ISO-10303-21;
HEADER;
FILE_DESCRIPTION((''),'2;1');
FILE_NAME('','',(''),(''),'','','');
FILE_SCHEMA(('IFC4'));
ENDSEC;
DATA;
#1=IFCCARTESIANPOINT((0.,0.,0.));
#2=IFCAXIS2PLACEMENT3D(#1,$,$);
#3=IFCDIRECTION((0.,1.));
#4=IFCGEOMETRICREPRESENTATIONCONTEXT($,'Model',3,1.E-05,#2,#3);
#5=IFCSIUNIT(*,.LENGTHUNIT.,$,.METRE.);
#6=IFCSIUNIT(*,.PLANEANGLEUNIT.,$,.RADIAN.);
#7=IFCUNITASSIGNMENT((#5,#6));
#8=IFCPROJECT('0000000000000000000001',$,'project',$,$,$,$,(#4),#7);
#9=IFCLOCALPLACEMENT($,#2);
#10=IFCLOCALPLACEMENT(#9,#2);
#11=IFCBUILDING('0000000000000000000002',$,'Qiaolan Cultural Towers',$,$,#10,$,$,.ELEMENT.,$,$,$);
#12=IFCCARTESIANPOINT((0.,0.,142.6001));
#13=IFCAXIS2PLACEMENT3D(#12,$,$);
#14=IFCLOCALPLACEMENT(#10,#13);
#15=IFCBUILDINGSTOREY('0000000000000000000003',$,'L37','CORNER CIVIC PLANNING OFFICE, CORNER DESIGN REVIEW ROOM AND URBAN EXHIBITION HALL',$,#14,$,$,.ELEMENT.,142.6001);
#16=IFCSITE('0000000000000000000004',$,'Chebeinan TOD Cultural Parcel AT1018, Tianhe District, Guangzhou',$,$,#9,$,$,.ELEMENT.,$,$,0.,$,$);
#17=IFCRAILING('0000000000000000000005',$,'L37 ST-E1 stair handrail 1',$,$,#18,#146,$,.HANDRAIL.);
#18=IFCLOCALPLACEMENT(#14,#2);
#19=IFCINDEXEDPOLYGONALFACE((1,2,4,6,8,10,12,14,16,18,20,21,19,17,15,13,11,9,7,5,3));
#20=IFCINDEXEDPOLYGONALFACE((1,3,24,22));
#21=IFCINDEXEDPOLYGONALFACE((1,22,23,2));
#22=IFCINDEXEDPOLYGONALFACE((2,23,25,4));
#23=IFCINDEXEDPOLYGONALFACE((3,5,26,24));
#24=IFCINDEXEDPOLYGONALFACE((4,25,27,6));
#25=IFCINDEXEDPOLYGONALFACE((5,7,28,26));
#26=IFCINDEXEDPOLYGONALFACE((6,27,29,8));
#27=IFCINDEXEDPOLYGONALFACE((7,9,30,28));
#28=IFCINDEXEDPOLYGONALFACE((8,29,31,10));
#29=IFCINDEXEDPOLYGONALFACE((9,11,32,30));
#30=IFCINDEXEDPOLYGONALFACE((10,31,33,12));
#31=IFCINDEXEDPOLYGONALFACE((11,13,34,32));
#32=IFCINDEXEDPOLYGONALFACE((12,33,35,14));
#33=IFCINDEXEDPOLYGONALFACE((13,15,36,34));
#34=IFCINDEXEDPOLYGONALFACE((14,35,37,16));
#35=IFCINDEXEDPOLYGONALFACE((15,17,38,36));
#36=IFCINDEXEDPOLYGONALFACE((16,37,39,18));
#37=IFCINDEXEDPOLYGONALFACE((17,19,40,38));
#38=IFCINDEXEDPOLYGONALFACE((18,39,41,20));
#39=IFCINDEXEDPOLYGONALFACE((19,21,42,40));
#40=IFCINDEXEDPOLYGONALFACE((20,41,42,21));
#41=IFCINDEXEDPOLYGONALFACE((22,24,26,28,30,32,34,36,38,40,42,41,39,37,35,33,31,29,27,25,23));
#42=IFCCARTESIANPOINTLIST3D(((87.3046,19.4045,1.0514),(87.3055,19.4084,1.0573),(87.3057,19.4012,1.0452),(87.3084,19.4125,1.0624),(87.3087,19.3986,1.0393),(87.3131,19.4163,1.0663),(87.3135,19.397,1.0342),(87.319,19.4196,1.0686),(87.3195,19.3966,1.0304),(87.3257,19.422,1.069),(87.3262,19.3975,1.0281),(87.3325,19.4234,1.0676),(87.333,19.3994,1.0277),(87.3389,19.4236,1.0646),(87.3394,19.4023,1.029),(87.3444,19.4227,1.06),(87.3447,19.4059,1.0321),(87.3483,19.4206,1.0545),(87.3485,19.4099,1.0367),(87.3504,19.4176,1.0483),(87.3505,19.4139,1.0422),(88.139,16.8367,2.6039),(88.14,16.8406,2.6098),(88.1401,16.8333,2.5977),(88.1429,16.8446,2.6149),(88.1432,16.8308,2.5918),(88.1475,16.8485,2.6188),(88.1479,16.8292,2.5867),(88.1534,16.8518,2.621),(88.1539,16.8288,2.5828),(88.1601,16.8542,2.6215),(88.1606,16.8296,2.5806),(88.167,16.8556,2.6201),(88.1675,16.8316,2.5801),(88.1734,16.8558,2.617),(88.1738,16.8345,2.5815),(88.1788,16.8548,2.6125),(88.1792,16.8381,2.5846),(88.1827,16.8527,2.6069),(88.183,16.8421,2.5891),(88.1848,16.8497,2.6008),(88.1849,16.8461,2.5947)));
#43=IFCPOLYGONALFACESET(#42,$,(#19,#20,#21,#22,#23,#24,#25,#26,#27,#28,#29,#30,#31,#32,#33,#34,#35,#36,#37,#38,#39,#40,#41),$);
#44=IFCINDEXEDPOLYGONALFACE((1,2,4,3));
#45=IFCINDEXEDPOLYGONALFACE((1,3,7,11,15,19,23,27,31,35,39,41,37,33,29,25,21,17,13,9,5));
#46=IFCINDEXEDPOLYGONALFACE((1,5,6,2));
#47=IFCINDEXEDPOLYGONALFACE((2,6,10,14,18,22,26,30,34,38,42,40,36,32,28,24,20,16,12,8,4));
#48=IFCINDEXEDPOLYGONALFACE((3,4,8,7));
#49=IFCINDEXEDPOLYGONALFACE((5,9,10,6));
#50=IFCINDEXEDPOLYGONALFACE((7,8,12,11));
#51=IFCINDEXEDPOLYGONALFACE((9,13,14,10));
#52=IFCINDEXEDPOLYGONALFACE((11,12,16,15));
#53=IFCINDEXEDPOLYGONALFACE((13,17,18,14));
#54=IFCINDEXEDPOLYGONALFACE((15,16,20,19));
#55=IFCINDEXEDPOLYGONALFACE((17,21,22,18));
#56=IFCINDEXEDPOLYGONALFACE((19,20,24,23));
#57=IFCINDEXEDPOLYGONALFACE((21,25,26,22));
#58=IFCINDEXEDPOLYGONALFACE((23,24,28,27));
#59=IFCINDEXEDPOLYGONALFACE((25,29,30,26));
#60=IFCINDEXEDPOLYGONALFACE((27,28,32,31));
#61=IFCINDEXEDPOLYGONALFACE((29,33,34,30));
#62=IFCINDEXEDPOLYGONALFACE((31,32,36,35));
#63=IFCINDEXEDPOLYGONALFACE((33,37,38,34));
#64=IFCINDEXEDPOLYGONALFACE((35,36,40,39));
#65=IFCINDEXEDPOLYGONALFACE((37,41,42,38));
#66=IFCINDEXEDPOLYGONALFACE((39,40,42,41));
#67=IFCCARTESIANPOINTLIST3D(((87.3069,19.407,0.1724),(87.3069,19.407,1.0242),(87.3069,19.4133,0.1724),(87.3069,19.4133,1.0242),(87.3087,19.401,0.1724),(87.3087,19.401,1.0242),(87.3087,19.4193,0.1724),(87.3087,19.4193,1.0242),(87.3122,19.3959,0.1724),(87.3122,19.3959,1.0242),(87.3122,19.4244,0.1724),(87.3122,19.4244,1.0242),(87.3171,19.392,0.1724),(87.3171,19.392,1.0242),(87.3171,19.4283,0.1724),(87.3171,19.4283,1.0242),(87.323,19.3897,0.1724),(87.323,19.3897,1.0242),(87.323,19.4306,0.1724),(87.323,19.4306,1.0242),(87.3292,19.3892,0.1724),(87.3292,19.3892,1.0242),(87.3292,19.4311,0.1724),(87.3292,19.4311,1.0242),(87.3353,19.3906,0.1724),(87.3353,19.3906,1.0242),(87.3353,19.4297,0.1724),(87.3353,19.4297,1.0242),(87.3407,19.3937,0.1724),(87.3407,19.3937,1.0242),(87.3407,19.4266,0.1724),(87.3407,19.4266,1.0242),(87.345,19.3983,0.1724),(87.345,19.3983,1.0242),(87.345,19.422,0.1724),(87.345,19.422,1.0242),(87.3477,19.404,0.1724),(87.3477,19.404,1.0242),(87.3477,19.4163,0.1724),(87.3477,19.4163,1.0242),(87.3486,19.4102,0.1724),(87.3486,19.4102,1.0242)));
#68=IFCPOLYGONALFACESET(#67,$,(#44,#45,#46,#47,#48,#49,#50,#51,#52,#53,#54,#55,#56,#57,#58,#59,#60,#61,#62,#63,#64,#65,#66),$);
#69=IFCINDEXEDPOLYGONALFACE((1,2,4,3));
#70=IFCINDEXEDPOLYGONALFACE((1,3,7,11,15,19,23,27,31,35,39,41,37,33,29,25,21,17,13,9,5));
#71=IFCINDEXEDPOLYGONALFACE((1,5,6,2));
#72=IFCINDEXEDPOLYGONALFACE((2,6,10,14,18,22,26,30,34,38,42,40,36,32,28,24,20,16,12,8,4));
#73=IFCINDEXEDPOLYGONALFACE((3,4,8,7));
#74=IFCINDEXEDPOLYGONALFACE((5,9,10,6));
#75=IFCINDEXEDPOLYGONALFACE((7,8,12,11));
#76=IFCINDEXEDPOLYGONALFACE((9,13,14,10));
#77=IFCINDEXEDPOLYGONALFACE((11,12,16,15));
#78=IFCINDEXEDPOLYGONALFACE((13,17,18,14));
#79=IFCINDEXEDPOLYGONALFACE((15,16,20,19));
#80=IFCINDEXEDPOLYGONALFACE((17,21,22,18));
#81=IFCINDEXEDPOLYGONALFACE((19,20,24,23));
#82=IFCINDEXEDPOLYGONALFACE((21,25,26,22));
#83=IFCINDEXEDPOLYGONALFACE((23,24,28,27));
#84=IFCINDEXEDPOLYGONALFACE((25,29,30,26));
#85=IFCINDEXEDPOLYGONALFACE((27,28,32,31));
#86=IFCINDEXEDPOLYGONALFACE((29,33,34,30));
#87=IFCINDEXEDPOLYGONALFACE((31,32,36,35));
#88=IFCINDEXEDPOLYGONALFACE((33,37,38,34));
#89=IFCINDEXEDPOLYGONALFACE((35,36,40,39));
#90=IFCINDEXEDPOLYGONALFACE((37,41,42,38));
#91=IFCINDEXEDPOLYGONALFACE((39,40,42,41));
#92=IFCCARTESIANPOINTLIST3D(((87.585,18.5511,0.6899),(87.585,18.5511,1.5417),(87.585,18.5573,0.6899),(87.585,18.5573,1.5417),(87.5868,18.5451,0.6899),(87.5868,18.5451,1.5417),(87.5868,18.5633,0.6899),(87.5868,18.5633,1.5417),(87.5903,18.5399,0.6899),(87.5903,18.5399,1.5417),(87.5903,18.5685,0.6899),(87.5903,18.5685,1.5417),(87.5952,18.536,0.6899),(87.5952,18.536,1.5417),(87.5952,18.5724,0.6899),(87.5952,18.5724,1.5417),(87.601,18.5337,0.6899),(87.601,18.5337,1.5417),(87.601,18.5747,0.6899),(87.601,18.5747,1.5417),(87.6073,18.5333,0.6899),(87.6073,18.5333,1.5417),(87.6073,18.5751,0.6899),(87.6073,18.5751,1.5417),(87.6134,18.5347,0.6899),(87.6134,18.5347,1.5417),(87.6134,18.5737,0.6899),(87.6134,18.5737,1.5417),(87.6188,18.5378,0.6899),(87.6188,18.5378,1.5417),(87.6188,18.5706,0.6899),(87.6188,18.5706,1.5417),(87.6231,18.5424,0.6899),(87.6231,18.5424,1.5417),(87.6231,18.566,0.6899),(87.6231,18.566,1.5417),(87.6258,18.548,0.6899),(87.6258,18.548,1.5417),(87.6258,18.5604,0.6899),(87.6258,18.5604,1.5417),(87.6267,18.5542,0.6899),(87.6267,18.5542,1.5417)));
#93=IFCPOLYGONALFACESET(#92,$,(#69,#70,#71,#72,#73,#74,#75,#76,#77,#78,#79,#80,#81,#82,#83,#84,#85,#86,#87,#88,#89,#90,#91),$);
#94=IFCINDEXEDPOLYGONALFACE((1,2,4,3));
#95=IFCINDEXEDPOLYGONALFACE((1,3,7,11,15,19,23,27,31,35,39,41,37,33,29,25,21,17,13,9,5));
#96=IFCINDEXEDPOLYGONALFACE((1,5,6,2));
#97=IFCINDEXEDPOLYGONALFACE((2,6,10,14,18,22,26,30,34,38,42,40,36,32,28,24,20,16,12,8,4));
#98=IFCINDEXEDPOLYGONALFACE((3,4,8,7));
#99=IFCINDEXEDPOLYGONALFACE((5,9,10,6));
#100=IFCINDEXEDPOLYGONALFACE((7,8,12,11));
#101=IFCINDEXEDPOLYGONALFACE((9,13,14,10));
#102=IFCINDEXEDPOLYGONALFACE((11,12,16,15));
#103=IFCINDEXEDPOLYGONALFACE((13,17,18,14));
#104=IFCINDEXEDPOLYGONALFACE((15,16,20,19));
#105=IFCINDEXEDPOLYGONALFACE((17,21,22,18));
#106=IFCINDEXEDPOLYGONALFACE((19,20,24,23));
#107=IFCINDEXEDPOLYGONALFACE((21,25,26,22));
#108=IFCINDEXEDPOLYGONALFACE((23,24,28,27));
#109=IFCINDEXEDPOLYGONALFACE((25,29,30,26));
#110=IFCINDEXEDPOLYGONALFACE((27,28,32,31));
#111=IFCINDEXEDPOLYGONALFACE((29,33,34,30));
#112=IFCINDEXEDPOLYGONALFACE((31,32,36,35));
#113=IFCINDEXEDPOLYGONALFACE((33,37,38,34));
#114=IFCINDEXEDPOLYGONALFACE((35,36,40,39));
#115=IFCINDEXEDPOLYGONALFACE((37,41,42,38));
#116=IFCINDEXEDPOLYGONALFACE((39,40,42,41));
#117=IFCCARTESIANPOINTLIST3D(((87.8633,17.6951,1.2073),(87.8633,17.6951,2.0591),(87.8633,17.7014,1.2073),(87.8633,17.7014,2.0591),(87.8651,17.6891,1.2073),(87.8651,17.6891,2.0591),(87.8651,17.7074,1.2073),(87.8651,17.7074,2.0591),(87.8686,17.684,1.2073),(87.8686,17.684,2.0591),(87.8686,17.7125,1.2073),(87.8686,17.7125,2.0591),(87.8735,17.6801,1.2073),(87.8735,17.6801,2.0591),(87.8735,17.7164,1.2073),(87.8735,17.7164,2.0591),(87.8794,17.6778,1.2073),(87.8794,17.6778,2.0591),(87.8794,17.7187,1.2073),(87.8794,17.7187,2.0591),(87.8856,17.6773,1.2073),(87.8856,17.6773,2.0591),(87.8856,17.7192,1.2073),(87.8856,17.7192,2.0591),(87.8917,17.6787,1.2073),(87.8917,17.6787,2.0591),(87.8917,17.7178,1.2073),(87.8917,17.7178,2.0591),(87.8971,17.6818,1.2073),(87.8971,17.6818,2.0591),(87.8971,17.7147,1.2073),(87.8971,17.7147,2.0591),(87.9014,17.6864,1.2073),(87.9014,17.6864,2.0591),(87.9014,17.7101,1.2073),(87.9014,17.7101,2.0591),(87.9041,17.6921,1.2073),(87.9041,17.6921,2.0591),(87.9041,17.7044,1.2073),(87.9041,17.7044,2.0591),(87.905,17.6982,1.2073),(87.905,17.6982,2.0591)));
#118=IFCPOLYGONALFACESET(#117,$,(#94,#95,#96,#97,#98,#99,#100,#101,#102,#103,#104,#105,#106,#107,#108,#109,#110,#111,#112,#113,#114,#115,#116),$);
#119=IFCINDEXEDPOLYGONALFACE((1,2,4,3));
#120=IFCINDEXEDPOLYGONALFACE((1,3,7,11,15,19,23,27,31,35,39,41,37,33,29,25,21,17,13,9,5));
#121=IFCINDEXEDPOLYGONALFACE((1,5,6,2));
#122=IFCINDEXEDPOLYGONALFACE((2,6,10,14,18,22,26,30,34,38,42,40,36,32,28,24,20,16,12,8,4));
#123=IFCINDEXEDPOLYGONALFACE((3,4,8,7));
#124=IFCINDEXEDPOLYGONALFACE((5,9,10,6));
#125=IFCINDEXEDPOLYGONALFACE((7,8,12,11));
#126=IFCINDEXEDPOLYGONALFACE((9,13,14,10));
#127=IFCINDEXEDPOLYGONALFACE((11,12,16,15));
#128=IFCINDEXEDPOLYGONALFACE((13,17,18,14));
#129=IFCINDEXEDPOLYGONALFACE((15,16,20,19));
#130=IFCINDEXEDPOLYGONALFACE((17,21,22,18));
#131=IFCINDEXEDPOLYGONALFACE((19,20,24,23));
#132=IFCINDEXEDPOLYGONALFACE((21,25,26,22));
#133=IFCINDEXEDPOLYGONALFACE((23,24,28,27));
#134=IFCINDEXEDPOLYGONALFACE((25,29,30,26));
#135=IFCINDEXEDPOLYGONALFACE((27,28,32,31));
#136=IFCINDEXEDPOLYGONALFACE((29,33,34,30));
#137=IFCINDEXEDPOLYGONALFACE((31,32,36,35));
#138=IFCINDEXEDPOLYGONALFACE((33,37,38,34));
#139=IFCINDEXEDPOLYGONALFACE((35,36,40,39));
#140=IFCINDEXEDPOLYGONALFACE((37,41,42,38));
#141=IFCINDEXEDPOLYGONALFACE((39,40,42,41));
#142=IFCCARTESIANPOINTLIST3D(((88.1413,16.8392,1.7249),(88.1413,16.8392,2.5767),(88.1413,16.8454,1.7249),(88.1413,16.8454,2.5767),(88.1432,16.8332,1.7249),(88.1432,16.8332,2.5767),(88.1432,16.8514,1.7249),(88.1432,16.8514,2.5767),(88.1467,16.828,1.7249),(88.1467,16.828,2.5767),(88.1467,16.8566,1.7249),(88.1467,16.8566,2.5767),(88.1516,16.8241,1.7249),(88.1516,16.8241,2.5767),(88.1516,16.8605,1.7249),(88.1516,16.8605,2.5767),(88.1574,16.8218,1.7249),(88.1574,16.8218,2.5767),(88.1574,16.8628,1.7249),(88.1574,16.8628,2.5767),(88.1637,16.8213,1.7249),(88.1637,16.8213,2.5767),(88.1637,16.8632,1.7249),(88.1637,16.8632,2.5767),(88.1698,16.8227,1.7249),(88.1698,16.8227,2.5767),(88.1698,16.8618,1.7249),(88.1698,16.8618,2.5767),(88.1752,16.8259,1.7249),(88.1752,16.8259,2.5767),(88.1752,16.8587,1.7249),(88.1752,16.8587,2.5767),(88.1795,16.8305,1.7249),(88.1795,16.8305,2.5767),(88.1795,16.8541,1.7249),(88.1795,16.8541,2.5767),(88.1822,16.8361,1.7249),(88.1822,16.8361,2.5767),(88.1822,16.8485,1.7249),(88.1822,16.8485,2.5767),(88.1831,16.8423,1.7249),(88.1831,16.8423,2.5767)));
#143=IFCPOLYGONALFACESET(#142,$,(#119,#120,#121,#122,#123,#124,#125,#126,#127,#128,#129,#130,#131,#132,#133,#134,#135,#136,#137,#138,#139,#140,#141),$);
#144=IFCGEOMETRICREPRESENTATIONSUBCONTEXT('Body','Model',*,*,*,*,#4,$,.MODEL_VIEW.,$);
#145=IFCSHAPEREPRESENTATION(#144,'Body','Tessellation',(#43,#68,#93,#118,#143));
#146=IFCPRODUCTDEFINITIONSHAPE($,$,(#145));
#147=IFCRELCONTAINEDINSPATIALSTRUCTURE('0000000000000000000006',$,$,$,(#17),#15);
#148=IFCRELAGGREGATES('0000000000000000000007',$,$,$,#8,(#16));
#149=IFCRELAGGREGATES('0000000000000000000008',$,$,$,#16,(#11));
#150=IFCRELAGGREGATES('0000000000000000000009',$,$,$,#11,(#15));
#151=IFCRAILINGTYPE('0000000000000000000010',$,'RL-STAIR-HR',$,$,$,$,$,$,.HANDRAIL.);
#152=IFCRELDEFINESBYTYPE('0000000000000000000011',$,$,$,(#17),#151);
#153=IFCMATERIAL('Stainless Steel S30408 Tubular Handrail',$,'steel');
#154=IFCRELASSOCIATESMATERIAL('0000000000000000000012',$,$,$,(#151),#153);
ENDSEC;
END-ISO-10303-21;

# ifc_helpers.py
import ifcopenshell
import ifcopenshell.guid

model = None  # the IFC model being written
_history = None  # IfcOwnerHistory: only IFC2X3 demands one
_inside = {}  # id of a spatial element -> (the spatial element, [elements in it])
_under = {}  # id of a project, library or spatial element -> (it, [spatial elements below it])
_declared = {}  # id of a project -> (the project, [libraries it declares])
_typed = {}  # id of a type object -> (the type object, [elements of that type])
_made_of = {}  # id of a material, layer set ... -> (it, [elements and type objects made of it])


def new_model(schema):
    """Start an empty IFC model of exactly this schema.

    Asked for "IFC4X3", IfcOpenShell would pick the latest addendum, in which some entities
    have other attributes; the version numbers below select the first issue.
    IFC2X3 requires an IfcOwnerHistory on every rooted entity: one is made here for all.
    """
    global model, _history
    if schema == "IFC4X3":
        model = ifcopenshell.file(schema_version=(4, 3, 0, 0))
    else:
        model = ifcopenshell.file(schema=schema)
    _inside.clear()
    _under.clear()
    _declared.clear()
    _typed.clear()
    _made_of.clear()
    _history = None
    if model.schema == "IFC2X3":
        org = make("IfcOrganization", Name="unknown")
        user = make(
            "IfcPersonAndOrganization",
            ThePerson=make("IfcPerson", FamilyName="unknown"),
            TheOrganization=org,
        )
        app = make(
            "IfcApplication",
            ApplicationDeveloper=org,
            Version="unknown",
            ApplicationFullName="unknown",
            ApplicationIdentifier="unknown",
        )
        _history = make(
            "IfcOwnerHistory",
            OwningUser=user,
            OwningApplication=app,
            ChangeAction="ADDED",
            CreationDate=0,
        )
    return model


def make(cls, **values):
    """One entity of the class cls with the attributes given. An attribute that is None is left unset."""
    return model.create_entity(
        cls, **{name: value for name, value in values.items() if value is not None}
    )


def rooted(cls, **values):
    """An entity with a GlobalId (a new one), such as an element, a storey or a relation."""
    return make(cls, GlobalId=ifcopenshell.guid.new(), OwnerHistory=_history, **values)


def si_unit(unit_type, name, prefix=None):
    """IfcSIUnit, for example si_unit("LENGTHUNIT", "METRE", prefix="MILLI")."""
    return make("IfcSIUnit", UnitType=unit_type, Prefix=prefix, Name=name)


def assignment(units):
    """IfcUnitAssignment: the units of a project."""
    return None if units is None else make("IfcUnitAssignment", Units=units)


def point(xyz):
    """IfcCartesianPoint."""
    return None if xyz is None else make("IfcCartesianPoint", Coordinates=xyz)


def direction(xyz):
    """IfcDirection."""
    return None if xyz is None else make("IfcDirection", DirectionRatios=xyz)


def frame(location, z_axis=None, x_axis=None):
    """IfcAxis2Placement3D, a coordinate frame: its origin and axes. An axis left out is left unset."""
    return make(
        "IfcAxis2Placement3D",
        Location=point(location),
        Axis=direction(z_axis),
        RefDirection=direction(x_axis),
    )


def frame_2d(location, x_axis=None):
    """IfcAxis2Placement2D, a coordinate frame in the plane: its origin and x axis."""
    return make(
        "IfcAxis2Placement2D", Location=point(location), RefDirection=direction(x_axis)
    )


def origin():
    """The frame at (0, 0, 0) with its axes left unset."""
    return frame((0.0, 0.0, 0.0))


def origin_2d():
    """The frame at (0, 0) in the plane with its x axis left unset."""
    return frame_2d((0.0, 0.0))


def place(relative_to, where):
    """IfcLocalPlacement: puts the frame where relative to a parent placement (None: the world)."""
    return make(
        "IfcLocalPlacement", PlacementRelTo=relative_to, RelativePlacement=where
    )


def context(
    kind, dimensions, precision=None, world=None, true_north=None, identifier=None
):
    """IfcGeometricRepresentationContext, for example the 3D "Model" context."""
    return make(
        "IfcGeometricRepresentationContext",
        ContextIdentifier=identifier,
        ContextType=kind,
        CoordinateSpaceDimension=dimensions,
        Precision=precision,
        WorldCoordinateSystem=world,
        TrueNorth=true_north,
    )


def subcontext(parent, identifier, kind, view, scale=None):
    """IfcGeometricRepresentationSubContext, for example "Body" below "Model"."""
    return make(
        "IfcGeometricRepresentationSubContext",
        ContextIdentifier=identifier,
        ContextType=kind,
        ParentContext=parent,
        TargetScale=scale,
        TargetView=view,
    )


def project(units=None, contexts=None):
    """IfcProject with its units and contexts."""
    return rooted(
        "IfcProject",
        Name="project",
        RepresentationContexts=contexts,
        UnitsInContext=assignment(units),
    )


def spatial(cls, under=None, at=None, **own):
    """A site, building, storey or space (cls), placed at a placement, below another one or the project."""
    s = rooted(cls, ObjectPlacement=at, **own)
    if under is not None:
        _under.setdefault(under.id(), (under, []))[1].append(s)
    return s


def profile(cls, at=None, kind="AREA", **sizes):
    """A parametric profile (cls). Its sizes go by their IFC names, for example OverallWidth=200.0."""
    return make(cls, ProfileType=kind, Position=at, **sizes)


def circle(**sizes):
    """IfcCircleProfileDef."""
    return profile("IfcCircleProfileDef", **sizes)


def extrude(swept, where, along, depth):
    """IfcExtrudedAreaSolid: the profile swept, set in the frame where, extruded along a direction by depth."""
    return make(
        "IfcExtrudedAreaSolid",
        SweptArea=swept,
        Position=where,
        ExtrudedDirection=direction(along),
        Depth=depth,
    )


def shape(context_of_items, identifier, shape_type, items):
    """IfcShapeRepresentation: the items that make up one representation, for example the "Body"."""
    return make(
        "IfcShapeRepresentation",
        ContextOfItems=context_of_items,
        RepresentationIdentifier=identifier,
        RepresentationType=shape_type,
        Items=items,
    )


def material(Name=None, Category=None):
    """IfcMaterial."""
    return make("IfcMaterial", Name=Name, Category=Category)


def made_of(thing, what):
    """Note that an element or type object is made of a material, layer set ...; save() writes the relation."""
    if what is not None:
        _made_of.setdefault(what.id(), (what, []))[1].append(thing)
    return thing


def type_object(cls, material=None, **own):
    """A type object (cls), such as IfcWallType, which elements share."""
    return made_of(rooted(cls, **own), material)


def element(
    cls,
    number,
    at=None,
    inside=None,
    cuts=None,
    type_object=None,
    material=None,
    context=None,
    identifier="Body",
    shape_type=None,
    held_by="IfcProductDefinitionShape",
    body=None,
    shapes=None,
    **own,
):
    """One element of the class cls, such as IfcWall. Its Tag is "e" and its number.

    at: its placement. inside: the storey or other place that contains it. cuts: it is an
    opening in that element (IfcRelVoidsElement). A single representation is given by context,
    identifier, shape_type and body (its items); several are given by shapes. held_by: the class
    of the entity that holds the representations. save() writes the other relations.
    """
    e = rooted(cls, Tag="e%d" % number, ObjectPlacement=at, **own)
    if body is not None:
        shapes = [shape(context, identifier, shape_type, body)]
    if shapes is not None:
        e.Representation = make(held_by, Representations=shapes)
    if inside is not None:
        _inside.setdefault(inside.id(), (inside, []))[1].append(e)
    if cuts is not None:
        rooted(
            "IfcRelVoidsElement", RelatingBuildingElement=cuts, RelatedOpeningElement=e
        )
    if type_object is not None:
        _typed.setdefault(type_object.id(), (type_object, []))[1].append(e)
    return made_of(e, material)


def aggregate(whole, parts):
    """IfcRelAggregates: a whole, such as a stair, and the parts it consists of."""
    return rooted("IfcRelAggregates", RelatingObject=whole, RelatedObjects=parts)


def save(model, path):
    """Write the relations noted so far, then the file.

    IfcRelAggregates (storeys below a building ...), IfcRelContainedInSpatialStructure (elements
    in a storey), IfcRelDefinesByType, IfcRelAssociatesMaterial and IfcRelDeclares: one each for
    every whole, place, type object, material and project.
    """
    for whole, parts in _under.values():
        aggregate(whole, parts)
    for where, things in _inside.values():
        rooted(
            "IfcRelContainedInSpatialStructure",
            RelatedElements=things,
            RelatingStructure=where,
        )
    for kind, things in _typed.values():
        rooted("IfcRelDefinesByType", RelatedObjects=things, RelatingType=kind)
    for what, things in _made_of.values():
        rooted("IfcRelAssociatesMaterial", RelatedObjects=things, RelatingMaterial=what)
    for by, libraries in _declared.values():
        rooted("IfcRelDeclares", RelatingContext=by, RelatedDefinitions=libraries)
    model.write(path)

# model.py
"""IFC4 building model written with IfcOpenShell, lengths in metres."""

from ifc_helpers import new_model, si_unit, direction, frame, origin, origin_2d, place, context, subcontext, project, spatial, circle, extrude, material, type_object, element, save


model = new_model("IFC4")

# Units and contexts
model_context = context("Model", 3, precision=1e-05, world=origin(), true_north=direction((0.0, 1.0)))
body_context = subcontext(model_context, "Body", "Model", "MODEL_VIEW")
ifc_project = project(units=[si_unit("LENGTHUNIT", "METRE"), si_unit("PLANEANGLEUNIT", "RADIAN")], contexts=[model_context])

# Site, building, storey
site_placement = place(None, origin())
site = spatial("IfcSite", under=ifc_project, at=site_placement, Name="Chebeinan TOD Cultural Parcel AT1018, Tianhe District, Guangzhou", CompositionType="ELEMENT", RefElevation=0.0)
building_placement = place(site_placement, origin())
building = spatial("IfcBuilding", under=site, at=building_placement, Name="Qiaolan Cultural Towers", CompositionType="ELEMENT")
storey_placement = place(building_placement, frame((0.0, 0.0, 142.6001)))
storey = spatial("IfcBuildingStorey", under=building, at=storey_placement, Name="L37", Description="CORNER CIVIC PLANNING OFFICE, CORNER DESIGN REVIEW ROOM AND URBAN EXHIBITION HALL", CompositionType="ELEMENT", Elevation=142.6001)

# Railing
ifc_material_1 = material(Name="Stainless Steel S30408 Tubular Handrail", Category="steel")
railing_type_1 = type_object("IfcRailingType", Name="RL-STAIR-HR", PredefinedType="HANDRAIL", material=ifc_material_1)
railing_1_placement = place(storey_placement, frame((87.3276, 19.4102, 0.1724)))
element("IfcRailing", 1, at=railing_1_placement, inside=storey, type_object=railing_type_1, Name="L37 ST-E1 stair handrail 1", PredefinedType="HANDRAIL", context=body_context, shape_type="SweptSolid", body=[
    extrude(circle(Radius=0.0239, at=origin_2d()), frame((0.0, 0.0, 0.876), z_axis=(0.267926, -0.824471, 0.498461), x_axis=(0.951043, 0.309057, 0.0)), (0.0, 0.0, 1.0), 3.1145),
    extrude(circle(Radius=0.021, at=origin_2d()), origin(), (0.0, 0.0, 1.0), 0.8518),
    extrude(circle(Radius=0.021, at=origin_2d()), frame((0.2781, -0.856, 0.5176)), (0.0, 0.0, 1.0), 0.8518),
    extrude(circle(Radius=0.021, at=origin_2d()), frame((0.5564, -1.7119, 1.0349)), (0.0, 0.0, 1.0), 0.8518),
    extrude(circle(Radius=0.021, at=origin_2d()), frame((0.8345, -2.5679, 1.5525)), (0.0, 0.0, 1.0), 0.8518),
])

save(model, "model.ifc")
